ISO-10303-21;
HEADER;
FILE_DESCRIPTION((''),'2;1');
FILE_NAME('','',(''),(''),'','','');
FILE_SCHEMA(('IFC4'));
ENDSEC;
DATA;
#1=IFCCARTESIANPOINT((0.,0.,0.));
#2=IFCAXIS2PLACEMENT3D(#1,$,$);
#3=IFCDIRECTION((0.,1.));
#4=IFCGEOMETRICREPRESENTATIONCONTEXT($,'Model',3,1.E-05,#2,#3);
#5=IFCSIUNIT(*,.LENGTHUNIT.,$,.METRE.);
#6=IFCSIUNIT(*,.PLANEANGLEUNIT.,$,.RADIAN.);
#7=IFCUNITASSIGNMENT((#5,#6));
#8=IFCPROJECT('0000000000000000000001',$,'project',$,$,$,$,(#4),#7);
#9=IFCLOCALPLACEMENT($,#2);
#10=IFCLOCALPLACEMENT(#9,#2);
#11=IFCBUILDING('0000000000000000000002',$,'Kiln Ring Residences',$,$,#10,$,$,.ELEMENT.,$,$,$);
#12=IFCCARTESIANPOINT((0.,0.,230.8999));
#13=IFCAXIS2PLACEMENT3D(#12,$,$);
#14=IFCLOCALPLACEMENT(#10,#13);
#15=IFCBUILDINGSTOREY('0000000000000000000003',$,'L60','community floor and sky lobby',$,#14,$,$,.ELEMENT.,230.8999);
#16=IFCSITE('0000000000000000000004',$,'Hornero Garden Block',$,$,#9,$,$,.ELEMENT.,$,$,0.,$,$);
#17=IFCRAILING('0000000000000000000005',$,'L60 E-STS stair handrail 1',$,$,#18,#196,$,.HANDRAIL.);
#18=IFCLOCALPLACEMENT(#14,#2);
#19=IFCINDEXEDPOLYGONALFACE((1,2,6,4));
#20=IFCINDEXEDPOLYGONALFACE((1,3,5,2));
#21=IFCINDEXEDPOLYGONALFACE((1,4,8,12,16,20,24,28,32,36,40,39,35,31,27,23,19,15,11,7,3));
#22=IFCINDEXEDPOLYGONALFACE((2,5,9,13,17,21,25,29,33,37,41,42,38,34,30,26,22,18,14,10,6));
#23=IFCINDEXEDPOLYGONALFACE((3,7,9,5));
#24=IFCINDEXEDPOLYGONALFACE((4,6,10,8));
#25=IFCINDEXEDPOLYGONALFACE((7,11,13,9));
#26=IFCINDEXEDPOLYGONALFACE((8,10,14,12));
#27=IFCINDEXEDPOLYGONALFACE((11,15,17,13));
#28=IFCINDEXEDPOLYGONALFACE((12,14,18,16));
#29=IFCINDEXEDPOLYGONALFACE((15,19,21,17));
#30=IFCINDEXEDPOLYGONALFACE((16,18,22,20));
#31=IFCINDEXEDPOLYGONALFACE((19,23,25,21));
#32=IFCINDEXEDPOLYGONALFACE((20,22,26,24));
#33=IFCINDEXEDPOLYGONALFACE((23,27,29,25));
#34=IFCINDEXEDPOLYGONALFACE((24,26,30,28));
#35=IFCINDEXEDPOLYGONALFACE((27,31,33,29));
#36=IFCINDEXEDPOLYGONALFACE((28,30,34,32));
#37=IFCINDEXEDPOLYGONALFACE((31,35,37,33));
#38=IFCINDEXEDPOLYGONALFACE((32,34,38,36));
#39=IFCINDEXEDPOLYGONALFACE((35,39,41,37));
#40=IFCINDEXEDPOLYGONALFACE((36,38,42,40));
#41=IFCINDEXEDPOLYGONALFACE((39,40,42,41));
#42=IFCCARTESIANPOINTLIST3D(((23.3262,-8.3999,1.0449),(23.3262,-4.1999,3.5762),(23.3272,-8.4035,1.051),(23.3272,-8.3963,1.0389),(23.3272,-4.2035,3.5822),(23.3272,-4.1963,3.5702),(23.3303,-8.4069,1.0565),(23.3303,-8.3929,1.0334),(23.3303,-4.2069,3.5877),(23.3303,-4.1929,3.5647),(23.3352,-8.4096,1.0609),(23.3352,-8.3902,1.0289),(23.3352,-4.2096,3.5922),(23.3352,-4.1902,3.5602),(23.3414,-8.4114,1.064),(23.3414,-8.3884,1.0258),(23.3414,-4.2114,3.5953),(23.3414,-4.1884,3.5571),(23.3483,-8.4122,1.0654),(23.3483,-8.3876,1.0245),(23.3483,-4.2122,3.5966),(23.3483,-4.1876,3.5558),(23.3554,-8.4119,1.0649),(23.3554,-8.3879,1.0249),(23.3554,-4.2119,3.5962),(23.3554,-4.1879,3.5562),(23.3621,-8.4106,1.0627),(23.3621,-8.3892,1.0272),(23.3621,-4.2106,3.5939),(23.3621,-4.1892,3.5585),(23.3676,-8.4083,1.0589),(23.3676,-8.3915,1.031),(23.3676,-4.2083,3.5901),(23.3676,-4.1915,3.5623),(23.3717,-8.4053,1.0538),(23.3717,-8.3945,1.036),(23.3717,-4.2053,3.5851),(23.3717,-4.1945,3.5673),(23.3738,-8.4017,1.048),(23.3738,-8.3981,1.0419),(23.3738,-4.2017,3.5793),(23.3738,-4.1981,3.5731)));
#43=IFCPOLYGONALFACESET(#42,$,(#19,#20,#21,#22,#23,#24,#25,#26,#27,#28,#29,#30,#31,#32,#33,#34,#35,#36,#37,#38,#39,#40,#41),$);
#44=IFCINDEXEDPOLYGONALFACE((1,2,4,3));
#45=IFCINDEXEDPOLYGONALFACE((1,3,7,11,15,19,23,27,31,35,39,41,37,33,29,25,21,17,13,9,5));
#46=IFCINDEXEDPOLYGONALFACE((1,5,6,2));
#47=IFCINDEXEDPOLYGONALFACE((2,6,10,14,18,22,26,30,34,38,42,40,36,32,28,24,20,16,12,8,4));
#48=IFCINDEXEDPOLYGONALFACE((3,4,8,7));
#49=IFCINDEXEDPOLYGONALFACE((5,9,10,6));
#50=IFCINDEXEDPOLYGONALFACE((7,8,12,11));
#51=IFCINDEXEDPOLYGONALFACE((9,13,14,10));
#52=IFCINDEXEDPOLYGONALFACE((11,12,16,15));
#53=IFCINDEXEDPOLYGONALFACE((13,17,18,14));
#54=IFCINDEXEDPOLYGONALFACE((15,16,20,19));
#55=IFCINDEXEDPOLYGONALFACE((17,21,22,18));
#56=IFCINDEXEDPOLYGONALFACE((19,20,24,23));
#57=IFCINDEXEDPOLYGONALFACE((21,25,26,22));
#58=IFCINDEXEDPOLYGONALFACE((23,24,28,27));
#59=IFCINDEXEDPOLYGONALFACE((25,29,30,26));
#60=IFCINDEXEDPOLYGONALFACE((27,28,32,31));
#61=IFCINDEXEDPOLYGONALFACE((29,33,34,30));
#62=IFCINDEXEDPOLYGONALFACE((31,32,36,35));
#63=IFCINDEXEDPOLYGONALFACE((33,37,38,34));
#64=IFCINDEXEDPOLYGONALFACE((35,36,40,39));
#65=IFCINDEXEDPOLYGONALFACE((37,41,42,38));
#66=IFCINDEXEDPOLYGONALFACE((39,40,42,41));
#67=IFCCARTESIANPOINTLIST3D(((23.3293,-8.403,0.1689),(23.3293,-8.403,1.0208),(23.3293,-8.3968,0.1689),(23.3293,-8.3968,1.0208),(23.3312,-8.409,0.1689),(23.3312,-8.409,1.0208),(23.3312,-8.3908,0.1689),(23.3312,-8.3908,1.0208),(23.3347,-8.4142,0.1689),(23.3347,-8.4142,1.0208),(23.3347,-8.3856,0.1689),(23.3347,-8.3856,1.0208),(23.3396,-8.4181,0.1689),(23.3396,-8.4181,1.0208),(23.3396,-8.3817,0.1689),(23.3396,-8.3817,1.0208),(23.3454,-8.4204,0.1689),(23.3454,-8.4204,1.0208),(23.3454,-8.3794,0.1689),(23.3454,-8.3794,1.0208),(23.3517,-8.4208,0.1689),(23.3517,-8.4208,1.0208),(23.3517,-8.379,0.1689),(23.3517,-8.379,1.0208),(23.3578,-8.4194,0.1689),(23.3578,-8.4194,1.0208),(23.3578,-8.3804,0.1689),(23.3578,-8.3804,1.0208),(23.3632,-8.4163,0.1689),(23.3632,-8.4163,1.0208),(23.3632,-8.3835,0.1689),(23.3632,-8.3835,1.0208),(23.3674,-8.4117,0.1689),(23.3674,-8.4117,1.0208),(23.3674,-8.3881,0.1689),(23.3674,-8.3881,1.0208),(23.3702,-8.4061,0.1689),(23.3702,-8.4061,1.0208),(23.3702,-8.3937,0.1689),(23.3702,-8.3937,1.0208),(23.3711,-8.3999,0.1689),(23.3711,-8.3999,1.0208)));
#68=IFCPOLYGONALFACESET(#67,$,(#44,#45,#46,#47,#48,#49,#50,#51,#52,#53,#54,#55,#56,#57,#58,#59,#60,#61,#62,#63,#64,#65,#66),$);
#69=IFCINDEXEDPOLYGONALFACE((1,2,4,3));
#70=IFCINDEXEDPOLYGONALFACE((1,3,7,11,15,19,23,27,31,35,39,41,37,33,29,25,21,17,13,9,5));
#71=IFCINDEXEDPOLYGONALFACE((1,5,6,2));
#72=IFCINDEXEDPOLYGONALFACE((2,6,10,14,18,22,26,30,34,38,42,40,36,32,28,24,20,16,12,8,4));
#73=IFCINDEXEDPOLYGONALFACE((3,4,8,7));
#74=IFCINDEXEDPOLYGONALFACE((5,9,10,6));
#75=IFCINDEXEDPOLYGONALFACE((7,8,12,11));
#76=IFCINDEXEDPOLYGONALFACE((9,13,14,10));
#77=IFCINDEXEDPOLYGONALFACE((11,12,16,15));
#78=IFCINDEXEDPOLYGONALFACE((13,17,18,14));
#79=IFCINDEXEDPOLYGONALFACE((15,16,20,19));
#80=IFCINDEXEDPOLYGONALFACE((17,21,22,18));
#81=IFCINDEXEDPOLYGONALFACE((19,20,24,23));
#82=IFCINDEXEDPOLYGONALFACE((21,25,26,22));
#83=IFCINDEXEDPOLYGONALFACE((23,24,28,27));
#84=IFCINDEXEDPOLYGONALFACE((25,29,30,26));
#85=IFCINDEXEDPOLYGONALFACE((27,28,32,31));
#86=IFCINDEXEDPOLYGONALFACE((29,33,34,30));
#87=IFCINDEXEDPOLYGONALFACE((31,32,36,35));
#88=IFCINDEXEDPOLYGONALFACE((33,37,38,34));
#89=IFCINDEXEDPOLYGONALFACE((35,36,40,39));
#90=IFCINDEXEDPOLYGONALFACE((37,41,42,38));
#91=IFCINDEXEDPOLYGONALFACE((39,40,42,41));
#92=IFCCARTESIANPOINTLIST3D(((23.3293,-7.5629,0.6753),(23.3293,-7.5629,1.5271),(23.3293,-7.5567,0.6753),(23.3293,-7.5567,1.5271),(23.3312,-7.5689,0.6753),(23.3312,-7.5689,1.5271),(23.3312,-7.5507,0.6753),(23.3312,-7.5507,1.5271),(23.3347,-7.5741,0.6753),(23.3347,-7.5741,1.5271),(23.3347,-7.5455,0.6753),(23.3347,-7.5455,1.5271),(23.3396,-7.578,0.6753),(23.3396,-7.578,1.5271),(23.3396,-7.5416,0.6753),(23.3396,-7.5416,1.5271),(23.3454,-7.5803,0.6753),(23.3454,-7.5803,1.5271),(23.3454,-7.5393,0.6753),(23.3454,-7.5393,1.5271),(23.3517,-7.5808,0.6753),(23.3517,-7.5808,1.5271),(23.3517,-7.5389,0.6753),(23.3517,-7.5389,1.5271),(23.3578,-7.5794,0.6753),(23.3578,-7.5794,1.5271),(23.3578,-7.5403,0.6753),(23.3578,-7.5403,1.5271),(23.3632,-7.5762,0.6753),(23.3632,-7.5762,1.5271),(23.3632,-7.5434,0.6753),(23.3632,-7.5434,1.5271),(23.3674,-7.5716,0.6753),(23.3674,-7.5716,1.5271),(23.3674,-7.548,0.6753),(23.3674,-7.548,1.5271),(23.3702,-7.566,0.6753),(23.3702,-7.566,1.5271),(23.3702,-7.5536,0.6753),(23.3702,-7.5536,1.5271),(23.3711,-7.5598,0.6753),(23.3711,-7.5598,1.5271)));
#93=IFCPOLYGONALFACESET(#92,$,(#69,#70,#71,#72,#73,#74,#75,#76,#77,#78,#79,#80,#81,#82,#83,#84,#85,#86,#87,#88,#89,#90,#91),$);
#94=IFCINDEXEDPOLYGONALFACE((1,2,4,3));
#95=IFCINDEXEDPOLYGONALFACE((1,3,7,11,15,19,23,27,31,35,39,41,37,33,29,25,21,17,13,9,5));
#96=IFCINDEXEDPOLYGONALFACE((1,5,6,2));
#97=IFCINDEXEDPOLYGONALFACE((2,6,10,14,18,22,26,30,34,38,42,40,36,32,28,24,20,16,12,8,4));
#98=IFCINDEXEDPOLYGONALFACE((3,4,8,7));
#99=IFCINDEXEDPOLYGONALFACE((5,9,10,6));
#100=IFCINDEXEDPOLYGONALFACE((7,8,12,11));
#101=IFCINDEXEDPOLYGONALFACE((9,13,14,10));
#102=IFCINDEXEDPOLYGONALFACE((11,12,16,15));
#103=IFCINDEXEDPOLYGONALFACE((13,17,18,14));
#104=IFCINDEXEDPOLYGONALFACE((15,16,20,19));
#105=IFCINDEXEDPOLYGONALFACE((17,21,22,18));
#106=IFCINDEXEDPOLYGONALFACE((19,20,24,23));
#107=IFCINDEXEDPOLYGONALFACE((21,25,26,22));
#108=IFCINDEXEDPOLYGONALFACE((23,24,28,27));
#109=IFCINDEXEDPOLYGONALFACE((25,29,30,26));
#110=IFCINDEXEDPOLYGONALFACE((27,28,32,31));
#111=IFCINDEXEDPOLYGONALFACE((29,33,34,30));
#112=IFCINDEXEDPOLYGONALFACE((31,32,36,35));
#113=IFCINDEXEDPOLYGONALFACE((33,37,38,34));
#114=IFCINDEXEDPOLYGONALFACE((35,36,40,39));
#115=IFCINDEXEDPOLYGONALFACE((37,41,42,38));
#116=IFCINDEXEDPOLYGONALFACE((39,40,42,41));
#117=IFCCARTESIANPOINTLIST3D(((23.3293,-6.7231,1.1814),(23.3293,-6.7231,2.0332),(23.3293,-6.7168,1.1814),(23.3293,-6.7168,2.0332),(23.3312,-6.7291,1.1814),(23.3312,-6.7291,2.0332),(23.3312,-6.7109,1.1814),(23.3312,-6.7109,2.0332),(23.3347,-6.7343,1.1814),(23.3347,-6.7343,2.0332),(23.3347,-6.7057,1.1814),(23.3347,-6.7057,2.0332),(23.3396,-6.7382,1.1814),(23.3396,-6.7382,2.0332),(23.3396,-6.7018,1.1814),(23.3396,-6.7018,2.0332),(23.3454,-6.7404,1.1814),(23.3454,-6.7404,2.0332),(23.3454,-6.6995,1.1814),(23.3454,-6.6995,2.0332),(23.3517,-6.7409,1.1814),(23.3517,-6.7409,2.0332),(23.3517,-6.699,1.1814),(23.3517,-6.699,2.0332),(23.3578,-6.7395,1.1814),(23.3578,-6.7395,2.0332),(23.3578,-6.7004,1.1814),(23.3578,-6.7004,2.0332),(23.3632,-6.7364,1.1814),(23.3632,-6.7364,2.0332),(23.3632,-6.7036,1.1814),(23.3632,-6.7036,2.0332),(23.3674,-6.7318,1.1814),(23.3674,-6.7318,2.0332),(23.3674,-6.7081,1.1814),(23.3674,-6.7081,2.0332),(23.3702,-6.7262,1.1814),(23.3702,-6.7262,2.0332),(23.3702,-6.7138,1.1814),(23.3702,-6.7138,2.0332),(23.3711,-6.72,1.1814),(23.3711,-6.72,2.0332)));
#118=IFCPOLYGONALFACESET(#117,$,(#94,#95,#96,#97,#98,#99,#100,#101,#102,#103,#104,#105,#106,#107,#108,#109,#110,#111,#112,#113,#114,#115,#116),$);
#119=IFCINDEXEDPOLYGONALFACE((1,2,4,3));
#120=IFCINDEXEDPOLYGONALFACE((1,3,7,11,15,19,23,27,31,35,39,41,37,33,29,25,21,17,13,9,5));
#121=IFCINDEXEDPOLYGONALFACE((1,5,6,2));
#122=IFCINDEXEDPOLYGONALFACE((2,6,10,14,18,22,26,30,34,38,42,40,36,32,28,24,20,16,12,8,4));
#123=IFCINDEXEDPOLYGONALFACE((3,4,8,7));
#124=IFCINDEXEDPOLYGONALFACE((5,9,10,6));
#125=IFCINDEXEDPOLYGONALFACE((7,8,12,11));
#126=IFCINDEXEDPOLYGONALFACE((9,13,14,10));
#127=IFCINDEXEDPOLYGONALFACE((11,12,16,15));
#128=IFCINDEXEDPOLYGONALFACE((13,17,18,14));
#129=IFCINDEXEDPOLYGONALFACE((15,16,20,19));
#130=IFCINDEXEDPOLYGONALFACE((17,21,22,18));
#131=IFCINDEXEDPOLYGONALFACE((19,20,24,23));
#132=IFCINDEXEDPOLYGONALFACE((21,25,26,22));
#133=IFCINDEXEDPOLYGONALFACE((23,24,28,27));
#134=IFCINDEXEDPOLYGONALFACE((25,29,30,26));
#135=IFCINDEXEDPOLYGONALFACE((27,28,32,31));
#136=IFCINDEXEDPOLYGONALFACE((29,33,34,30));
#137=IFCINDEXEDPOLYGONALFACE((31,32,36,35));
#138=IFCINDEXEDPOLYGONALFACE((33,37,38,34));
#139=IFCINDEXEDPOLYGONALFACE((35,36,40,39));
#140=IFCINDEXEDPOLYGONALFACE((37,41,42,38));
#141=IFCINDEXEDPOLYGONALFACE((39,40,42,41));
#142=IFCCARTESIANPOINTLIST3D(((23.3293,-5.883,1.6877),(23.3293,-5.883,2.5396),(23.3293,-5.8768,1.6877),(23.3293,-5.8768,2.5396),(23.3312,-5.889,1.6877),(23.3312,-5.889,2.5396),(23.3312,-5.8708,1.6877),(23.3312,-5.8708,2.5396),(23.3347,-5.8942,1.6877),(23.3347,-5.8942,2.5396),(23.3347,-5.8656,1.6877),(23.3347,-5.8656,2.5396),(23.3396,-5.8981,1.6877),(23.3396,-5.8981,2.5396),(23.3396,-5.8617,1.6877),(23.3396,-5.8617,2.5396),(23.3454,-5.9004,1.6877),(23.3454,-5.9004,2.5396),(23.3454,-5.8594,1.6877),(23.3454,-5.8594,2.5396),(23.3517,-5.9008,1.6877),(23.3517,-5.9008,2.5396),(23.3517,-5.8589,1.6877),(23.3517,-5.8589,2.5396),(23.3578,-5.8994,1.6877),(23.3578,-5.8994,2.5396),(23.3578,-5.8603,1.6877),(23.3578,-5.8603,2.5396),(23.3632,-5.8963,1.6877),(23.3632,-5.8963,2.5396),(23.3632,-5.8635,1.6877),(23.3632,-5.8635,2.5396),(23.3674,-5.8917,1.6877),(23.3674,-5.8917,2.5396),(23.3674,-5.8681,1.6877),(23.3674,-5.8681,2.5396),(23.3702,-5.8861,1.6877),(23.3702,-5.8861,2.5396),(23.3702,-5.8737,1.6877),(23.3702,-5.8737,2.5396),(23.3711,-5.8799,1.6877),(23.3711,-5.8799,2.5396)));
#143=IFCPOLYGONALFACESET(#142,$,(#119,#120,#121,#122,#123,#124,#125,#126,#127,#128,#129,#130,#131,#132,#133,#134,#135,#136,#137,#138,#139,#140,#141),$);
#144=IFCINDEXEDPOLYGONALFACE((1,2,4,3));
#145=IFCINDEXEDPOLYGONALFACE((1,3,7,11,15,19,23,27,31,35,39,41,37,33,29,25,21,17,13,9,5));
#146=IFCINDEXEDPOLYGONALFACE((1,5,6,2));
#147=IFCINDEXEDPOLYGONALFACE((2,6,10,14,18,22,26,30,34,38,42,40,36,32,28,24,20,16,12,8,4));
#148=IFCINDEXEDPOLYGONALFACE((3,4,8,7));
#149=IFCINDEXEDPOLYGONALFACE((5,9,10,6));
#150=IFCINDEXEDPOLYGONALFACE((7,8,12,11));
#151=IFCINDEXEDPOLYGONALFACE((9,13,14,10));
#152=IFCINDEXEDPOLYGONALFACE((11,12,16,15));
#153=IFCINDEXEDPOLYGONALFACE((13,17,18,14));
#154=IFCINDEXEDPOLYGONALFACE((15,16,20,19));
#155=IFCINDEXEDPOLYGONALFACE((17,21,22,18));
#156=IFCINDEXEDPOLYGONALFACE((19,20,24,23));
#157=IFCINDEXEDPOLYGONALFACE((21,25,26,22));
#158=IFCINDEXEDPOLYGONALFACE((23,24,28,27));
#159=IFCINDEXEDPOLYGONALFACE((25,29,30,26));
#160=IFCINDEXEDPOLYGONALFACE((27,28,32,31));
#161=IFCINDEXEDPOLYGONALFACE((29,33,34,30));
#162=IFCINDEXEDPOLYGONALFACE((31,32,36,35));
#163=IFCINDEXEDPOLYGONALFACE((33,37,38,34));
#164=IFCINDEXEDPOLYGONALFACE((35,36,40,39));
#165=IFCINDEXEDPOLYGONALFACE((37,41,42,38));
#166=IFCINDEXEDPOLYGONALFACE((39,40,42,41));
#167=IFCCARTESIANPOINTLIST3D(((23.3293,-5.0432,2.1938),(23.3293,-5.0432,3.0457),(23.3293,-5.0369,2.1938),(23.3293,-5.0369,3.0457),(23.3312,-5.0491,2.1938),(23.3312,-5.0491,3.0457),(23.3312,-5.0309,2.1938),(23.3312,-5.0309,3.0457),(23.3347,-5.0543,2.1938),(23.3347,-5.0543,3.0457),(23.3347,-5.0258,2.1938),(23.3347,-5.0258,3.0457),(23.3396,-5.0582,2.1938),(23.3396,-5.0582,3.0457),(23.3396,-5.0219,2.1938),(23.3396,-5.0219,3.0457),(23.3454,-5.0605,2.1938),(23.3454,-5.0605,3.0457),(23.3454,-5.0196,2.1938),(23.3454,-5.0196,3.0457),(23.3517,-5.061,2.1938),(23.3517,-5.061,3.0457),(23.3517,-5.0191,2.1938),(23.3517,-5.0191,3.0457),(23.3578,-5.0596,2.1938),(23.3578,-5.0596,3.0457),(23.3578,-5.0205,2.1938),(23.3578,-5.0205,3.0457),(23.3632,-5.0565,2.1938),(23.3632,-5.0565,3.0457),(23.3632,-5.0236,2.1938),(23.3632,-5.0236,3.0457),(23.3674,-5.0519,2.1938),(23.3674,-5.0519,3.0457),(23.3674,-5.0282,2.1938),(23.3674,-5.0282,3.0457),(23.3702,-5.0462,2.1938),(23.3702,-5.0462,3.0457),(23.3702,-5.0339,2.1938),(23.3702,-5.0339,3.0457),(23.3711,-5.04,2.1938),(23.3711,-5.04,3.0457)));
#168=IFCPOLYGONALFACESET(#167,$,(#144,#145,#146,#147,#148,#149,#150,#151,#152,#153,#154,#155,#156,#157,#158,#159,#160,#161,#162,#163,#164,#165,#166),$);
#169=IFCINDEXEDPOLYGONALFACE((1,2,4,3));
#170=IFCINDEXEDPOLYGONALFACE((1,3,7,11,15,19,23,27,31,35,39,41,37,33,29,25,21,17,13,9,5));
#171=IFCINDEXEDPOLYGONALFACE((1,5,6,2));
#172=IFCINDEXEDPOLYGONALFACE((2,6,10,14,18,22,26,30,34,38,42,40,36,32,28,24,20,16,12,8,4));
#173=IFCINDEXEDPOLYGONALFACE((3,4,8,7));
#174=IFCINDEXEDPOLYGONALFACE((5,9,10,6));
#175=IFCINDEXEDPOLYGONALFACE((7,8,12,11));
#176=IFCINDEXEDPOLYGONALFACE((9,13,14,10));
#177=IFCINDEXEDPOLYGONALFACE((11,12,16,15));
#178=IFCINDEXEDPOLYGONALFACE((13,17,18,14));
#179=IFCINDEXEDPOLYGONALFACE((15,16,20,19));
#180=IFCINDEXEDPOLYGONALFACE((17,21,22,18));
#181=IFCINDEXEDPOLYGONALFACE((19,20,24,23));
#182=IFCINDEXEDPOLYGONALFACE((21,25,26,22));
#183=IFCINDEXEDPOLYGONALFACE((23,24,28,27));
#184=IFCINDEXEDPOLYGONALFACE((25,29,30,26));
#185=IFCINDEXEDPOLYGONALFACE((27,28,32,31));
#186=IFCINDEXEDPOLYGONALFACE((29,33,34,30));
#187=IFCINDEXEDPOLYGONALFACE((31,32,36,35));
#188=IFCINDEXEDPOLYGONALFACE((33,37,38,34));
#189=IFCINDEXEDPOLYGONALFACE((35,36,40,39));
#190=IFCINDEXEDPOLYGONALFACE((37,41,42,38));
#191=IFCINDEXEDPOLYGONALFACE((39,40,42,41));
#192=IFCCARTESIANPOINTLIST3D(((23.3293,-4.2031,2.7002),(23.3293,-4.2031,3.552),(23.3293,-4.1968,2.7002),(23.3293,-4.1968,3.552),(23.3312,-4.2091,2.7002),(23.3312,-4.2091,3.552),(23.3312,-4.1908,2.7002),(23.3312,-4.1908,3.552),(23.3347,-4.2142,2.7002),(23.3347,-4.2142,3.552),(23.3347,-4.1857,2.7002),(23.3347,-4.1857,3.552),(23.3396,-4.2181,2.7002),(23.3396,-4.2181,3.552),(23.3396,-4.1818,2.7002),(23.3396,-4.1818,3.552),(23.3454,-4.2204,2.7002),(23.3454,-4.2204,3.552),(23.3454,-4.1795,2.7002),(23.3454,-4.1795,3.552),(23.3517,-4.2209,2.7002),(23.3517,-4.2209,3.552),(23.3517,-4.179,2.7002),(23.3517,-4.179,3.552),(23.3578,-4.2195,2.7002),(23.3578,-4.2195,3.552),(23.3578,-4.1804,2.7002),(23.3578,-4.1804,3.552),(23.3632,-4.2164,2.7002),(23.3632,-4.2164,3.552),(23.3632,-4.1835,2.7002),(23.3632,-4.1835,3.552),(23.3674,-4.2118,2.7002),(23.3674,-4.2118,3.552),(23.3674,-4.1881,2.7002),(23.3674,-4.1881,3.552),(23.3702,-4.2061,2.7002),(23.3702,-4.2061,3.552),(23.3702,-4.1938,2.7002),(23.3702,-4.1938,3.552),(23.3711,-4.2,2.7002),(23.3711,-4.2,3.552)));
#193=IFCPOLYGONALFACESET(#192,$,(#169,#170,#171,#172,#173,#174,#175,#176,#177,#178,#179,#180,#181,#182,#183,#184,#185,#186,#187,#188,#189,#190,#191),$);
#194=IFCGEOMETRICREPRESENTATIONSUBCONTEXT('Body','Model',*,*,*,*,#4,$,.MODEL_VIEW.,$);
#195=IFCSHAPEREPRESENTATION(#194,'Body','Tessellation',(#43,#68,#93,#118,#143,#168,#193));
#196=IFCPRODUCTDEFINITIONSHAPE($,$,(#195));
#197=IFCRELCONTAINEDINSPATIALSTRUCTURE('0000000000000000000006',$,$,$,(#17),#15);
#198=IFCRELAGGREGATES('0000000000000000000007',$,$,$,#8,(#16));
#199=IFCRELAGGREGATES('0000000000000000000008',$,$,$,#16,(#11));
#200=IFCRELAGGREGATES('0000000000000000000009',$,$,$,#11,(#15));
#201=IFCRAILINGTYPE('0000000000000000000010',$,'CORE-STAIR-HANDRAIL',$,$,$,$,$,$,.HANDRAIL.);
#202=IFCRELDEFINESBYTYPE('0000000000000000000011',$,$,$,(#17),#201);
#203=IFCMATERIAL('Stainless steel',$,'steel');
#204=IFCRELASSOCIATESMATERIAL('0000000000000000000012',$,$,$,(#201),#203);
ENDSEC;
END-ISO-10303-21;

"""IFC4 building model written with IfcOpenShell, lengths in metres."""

from ifc_helpers import new_model, si_unit, direction, frame, origin, origin_2d, place, context, subcontext, project, spatial, circle, extrude, material, type_object, element, save


model = new_model("IFC4")

# Units and contexts
model_context = context("Model", 3, precision=1e-05, world=origin(), true_north=direction((0.0, 1.0)))
body_context = subcontext(model_context, "Body", "Model", "MODEL_VIEW")
ifc_project = project(units=[si_unit("LENGTHUNIT", "METRE"), si_unit("PLANEANGLEUNIT", "RADIAN")], contexts=[model_context])

# Site, building, storey
site_placement = place(None, origin())
site = spatial("IfcSite", under=ifc_project, at=site_placement, Name="Hornero Garden Block", CompositionType="ELEMENT", RefElevation=0.0)
building_placement = place(site_placement, origin())
building = spatial("IfcBuilding", under=site, at=building_placement, Name="Kiln Ring Residences", CompositionType="ELEMENT")
storey_placement = place(building_placement, frame((0.0, 0.0, 230.8999)))
storey = spatial("IfcBuildingStorey", under=building, at=storey_placement, Name="L60", Description="community floor and sky lobby", CompositionType="ELEMENT", Elevation=230.8999)

# Railing
ifc_material_1 = material(Name="Stainless steel", Category="steel")
railing_type_1 = type_object("IfcRailingType", Name="CORE-STAIR-HANDRAIL", PredefinedType="HANDRAIL", material=ifc_material_1)
railing_1_placement = place(storey_placement, frame((23.3501, -8.3999, 0.1689)))
element("IfcRailing", 1, at=railing_1_placement, inside=storey, type_object=railing_type_1, Name="L60 E-STS stair handrail 1", PredefinedType="HANDRAIL", context=body_context, shape_type="SweptSolid", body=[
    extrude(circle(Radius=0.0239, at=origin_2d()), frame((0.0, 0.0, 0.876), z_axis=(0.0, 0.856476, 0.516186), x_axis=(-1.0, 0.0, 0.0)), (0.0, 0.0, 1.0), 4.9038),
    extrude(circle(Radius=0.021, at=origin_2d()), origin(), (0.0, 0.0, 1.0), 0.8518),
    extrude(circle(Radius=0.021, at=origin_2d()), frame((0.0, 0.8401, 0.5063)), (0.0, 0.0, 1.0), 0.8518),
    extrude(circle(Radius=0.021, at=origin_2d()), frame((0.0, 1.6799, 1.0125)), (0.0, 0.0, 1.0), 0.8518),
    extrude(circle(Radius=0.021, at=origin_2d()), frame((0.0, 2.52, 1.5188)), (0.0, 0.0, 1.0), 0.8518),
    extrude(circle(Radius=0.021, at=origin_2d()), frame((0.0, 3.3599, 2.0249)), (0.0, 0.0, 1.0), 0.8518),
    extrude(circle(Radius=0.021, at=origin_2d()), frame((0.0, 4.2, 2.5312)), (0.0, 0.0, 1.0), 0.8518),
])

save(model, "model.ifc")
